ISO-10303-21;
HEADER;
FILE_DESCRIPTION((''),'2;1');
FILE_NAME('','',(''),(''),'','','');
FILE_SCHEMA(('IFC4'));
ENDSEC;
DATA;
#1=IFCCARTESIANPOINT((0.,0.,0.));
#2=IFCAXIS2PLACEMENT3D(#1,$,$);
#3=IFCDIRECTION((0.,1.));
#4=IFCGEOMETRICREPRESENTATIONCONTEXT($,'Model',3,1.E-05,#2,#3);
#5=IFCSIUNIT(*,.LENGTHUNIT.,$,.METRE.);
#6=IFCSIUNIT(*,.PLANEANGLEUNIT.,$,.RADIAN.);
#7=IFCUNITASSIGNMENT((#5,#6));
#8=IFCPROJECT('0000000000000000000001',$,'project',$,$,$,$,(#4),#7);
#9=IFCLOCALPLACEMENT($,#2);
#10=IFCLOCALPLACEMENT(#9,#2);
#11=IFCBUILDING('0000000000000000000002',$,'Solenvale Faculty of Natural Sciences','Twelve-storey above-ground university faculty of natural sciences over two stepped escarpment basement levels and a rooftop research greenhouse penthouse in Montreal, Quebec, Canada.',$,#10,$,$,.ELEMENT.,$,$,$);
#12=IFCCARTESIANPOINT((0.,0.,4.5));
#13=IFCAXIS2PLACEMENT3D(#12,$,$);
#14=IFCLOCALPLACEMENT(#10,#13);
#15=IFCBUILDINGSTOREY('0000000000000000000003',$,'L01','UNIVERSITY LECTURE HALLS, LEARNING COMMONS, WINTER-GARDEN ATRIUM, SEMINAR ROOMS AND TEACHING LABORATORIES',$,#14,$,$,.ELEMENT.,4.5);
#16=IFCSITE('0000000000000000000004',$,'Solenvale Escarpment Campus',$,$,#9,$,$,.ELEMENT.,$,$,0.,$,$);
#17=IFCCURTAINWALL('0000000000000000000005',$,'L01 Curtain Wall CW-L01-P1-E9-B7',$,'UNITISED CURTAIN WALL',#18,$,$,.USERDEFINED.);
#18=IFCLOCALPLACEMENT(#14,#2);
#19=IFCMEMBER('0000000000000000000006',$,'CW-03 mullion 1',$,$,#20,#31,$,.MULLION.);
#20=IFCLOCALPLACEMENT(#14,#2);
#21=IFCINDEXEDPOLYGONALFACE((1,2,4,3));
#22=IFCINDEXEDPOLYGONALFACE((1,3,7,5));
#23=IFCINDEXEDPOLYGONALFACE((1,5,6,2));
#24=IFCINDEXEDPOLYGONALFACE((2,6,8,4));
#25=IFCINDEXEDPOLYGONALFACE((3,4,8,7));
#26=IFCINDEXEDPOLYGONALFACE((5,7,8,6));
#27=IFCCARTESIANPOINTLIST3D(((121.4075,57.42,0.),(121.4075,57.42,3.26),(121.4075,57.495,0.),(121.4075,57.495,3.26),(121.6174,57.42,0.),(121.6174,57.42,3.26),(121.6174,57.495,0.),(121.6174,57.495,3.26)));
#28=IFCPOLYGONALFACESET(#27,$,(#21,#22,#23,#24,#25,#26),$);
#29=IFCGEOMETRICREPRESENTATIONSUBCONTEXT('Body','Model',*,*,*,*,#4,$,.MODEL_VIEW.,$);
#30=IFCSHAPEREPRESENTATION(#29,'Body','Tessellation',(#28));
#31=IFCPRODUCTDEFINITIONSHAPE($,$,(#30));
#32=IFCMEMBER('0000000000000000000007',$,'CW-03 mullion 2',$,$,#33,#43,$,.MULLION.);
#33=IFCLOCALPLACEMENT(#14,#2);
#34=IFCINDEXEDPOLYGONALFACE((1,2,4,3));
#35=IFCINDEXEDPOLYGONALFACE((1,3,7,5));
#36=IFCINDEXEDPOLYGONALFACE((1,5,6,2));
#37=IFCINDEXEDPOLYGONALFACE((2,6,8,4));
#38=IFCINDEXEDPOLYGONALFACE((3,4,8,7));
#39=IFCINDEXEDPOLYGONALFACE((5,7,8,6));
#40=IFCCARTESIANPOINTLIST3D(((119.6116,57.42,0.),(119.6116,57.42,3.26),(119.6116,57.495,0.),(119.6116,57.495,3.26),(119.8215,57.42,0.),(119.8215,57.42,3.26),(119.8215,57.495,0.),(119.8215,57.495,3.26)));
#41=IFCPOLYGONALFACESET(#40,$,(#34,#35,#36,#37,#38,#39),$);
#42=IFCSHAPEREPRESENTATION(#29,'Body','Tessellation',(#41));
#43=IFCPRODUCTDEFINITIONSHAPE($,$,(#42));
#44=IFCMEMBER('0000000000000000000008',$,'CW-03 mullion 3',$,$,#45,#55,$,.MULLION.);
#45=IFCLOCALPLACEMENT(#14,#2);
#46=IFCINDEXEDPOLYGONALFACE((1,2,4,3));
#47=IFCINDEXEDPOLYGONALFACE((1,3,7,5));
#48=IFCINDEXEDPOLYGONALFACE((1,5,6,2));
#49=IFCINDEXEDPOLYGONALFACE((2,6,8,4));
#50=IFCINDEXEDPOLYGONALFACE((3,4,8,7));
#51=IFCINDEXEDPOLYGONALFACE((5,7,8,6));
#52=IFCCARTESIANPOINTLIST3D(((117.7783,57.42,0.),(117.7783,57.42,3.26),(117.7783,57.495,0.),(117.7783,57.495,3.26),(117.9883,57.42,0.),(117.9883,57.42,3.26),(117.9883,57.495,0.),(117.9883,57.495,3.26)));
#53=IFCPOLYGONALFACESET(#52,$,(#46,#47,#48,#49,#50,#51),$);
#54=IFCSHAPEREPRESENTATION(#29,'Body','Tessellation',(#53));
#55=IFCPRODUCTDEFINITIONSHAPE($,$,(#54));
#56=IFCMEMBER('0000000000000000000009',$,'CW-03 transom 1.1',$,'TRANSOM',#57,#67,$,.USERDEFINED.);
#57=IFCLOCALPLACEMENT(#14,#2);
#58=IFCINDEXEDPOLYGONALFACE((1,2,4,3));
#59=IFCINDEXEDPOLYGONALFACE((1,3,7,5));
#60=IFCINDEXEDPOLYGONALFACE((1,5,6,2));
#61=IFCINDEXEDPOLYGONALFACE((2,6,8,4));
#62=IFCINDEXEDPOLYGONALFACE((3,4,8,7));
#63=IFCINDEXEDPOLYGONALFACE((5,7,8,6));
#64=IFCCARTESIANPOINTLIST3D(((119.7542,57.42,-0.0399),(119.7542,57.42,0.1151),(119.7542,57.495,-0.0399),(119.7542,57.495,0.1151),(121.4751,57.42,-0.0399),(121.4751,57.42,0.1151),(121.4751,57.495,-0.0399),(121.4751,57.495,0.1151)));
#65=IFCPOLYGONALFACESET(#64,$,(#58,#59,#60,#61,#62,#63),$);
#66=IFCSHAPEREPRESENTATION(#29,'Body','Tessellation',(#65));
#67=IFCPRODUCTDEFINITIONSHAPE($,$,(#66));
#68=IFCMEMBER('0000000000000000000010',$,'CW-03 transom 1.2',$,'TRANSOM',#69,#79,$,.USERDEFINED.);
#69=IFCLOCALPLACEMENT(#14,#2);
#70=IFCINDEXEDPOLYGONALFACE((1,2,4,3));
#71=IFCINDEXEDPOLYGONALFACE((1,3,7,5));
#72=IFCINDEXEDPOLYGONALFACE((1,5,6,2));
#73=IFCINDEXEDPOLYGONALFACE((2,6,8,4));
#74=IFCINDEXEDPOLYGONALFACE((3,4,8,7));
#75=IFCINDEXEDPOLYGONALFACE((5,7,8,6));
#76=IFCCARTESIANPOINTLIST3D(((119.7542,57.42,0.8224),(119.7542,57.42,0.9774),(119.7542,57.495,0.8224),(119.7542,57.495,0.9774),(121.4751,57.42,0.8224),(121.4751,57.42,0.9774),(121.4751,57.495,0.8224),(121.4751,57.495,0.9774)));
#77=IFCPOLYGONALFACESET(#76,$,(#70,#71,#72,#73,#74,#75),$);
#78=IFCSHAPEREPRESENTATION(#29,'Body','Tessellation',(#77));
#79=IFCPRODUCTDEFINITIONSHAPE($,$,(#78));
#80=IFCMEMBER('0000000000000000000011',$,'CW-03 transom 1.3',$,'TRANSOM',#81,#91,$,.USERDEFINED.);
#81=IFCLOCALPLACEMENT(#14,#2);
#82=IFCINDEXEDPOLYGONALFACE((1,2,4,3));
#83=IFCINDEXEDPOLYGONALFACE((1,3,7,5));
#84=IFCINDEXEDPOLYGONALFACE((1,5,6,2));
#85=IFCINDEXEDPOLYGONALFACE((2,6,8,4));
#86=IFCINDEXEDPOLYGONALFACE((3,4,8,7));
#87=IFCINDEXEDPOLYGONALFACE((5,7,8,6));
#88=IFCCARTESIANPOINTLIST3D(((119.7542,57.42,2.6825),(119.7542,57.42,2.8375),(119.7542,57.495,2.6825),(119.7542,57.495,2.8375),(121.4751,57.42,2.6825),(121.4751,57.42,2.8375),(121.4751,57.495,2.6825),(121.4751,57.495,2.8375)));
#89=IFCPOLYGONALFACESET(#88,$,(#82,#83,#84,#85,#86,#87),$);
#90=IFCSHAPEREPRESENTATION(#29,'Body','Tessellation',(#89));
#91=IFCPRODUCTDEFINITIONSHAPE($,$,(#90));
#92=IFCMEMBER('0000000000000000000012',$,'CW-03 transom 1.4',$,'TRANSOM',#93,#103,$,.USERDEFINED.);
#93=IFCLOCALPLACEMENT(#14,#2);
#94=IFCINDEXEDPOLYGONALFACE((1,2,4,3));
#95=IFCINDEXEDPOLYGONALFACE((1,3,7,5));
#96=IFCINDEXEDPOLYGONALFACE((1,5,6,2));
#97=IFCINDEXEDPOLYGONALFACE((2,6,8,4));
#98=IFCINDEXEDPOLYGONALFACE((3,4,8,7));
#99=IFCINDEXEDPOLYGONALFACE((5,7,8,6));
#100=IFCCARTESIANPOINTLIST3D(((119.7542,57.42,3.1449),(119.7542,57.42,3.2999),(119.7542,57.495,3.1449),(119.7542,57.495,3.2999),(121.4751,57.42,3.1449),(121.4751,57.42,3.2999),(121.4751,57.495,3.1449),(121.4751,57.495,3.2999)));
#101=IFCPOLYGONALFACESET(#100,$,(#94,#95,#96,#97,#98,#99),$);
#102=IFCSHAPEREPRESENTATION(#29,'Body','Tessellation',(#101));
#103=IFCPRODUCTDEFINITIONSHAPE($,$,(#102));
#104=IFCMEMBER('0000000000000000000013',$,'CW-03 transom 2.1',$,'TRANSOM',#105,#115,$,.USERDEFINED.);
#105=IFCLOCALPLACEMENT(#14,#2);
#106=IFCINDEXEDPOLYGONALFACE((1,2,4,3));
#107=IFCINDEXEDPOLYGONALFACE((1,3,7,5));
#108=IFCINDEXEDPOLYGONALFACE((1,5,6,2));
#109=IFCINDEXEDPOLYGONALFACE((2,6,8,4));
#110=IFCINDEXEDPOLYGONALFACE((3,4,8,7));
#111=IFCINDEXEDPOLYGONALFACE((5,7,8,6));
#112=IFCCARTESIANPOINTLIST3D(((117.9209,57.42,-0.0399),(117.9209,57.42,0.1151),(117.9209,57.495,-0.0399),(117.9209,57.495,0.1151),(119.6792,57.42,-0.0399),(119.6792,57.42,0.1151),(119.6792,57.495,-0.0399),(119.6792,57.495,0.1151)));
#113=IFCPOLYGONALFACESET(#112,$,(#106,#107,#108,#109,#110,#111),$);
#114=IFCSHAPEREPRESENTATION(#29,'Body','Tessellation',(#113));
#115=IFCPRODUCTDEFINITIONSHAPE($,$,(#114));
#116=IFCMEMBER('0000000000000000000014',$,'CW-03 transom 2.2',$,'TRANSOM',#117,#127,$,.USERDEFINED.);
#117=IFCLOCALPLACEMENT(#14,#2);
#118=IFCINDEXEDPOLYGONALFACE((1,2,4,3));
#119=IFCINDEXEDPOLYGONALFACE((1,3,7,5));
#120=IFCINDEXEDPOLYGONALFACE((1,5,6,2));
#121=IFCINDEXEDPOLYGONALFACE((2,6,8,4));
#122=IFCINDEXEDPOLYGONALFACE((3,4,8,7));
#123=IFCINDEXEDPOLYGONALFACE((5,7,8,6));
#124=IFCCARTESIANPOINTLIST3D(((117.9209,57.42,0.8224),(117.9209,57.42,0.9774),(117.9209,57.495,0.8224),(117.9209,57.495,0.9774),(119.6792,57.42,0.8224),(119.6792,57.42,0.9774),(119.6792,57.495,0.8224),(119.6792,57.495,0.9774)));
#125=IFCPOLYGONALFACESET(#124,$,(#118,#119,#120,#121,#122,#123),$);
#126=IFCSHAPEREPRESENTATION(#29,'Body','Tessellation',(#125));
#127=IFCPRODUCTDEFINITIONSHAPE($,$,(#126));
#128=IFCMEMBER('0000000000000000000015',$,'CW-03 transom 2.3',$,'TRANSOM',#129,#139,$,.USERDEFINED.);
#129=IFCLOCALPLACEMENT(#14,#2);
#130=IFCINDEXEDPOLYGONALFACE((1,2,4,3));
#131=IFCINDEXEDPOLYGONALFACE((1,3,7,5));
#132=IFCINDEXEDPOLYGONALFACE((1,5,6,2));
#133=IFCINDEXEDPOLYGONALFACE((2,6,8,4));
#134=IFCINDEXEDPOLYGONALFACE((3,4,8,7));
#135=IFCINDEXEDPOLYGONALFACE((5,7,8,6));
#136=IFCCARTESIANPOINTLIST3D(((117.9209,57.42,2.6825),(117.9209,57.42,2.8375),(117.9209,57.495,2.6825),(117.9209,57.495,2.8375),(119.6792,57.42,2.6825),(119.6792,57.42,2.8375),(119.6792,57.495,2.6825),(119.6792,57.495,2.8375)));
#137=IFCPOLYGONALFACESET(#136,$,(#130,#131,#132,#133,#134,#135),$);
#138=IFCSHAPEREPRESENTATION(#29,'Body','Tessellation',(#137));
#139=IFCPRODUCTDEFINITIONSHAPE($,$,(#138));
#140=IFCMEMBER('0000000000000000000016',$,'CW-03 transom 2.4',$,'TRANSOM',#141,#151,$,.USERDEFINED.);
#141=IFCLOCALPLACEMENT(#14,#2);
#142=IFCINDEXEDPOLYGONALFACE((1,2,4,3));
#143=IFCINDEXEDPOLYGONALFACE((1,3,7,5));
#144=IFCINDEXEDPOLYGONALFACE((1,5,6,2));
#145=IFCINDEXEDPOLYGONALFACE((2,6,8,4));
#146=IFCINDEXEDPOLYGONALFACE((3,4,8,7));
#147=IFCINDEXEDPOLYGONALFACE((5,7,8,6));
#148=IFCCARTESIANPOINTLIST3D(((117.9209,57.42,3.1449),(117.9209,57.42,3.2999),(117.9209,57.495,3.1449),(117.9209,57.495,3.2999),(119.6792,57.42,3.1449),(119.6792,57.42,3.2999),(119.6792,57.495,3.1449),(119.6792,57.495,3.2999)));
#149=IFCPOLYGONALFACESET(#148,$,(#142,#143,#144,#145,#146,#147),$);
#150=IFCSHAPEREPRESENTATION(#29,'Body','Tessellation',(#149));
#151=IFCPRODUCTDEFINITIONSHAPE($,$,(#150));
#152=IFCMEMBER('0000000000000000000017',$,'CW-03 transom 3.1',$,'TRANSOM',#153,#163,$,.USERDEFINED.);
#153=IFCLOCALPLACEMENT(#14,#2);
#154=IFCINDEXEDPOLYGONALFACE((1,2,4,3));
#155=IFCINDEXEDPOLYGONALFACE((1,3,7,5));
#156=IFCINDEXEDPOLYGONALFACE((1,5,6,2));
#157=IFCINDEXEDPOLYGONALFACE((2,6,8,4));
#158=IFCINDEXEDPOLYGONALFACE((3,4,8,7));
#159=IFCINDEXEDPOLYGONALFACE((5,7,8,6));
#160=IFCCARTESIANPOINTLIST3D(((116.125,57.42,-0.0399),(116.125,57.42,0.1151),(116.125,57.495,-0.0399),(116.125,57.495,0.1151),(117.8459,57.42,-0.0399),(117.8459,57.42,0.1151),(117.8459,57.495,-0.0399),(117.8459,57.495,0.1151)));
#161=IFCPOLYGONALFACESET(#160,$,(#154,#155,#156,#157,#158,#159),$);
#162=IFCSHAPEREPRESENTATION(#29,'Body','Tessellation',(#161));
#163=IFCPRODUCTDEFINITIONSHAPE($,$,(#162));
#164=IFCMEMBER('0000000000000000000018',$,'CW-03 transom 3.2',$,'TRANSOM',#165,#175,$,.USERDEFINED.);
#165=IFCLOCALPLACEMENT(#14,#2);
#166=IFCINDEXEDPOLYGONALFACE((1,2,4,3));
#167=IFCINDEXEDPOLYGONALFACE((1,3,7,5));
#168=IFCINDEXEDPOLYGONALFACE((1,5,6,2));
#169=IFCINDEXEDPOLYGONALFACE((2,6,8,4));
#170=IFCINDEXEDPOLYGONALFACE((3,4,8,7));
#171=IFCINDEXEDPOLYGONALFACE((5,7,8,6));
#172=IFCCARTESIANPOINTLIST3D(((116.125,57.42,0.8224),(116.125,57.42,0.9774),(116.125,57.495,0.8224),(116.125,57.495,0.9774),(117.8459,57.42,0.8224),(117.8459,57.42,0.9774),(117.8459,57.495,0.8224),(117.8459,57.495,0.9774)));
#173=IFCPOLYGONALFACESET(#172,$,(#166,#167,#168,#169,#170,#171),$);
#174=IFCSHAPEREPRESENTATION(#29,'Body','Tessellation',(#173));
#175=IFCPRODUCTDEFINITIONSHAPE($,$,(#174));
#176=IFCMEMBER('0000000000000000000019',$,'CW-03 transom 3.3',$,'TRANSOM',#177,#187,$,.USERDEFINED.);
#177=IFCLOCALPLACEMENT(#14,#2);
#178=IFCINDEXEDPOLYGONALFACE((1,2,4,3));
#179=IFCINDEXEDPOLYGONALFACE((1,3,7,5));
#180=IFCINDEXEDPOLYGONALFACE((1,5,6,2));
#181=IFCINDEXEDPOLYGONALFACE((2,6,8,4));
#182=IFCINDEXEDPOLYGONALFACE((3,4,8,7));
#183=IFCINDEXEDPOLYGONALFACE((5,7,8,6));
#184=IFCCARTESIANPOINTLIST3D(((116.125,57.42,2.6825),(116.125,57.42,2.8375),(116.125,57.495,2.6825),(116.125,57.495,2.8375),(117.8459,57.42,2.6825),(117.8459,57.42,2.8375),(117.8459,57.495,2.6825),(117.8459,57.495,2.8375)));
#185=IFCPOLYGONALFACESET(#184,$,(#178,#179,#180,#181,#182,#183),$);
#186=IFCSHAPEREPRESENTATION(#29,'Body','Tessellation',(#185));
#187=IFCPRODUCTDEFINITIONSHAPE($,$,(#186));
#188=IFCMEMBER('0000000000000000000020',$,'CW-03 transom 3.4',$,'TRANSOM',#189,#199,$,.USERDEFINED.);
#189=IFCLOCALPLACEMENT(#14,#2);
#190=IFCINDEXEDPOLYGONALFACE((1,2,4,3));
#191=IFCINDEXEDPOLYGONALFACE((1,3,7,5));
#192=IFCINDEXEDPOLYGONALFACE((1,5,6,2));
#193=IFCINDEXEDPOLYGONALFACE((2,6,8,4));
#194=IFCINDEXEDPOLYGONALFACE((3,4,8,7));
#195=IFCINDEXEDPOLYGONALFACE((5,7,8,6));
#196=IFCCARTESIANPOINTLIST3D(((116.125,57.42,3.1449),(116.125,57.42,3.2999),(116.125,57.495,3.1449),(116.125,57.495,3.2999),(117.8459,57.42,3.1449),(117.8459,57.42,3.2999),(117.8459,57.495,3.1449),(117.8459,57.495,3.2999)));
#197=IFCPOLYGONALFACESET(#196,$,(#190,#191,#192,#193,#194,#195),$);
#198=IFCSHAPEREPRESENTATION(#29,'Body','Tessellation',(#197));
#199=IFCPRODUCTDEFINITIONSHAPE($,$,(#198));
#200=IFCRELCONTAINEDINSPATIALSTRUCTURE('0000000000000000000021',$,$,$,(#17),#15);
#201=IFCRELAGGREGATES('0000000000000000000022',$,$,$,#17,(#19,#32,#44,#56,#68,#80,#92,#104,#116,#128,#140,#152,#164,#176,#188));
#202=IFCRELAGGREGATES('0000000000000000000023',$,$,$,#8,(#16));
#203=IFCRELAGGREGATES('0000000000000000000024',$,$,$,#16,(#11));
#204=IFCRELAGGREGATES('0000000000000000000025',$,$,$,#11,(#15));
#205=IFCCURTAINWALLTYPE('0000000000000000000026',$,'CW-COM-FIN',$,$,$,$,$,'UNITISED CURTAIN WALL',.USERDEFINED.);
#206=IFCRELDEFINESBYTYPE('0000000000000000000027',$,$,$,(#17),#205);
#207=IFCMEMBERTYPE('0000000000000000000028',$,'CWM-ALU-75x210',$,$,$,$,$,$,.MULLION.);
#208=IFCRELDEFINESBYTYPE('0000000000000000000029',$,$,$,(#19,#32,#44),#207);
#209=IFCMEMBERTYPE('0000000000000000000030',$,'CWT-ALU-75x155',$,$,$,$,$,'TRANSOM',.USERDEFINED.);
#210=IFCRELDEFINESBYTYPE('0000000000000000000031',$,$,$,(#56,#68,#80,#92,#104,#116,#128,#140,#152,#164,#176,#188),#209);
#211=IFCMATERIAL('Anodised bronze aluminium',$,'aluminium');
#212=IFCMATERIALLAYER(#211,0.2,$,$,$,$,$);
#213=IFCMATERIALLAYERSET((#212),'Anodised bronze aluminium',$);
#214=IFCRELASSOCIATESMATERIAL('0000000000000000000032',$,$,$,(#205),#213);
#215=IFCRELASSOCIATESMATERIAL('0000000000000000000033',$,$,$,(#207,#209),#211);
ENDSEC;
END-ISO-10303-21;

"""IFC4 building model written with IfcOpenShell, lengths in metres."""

from ifc_helpers import new_model, si_unit, direction, frame, origin, origin_2d, place, context, subcontext, project, spatial, rectangle, extrude, material, layer, layer_set, material_profile, profile_set, type_object, element, aggregate, save


model = new_model("IFC4")

# Units and contexts
model_context = context("Model", 3, precision=1e-05, world=origin(), true_north=direction((0.0, 1.0)))
body_context = subcontext(model_context, "Body", "Model", "MODEL_VIEW")
ifc_project = project(units=[si_unit("LENGTHUNIT", "METRE"), si_unit("PLANEANGLEUNIT", "RADIAN")], contexts=[model_context])

# Site, building, storey
site_placement = place(None, origin())
site = spatial("IfcSite", under=ifc_project, at=site_placement, Name="Solenvale Escarpment Campus", CompositionType="ELEMENT", RefElevation=0.0)
building_placement = place(site_placement, origin())
building = spatial("IfcBuilding", under=site, at=building_placement, Name="Solenvale Faculty of Natural Sciences", Description="Twelve-storey above-ground university faculty of natural sciences over two stepped escarpment basement levels and a rooftop research greenhouse penthouse in Montreal, Quebec, Canada.", CompositionType="ELEMENT")
storey_placement = place(building_placement, frame((0.0, 0.0, 4.5)))
storey = spatial("IfcBuildingStorey", under=building, at=storey_placement, Name="L01", Description="UNIVERSITY LECTURE HALLS, LEARNING COMMONS, WINTER-GARDEN ATRIUM, SEMINAR ROOMS AND TEACHING LABORATORIES", CompositionType="ELEMENT", Elevation=4.5)

# Curtain wall, members
ifc_material_1 = material(Name="Anodised bronze aluminium", Category="aluminium")
ifc_layer_1 = layer(ifc_material_1, 0.2)
ifc_layer_set_1 = layer_set([ifc_layer_1], Name="Anodised bronze aluminium")
curtain_wall_type = type_object("IfcCurtainWallType", Name="CW-COM-FIN", ElementType="UNITISED CURTAIN WALL", PredefinedType="USERDEFINED", material=ifc_layer_set_1)
curtain_wall_placement = place(storey_placement, origin())
curtain_wall = element("IfcCurtainWall", 1, at=curtain_wall_placement, inside=storey, type_object=curtain_wall_type, Name="L01 Curtain Wall CW-L01-P1-E9-B7", ObjectType="UNITISED CURTAIN WALL", PredefinedType="USERDEFINED")
ifc_material_profile_1 = material_profile(ifc_material_1, rectangle(XDim=0.075, YDim=0.21, at=origin_2d()), Name="ALU-MUL-75x210")
ifc_profile_set_1 = profile_set([ifc_material_profile_1], Name="Anodised bronze aluminium")
member_type_1 = type_object("IfcMemberType", Name="CWM-ALU-75x210", PredefinedType="MULLION", material=ifc_profile_set_1)
member_1_placement = place(storey_placement, frame((121.5125, 57.4575, 0.0), z_axis=(0.0, 0.0, 1.0), x_axis=(0.0, -1.0, 0.0)))
member_1 = element("IfcMember", 2, at=member_1_placement, type_object=member_type_1, Name="CW-03 mullion 1", PredefinedType="MULLION", context=body_context, shape_type="SweptSolid", body=[
    extrude(rectangle(XDim=0.075, YDim=0.21, at=origin_2d()), origin(), (0.0, 0.0, 1.0), 3.26),
])
member_2_placement = place(storey_placement, frame((119.7166, 57.4575, 0.0), z_axis=(0.0, 0.0, 1.0), x_axis=(0.0, -1.0, 0.0)))
member_2 = element("IfcMember", 3, at=member_2_placement, type_object=member_type_1, Name="CW-03 mullion 2", PredefinedType="MULLION", context=body_context, shape_type="SweptSolid", body=[
    extrude(rectangle(XDim=0.075, YDim=0.21, at=origin_2d()), origin(), (0.0, 0.0, 1.0), 3.26),
])
member_3_placement = place(storey_placement, frame((117.8833, 57.4575, 0.0), z_axis=(0.0, 0.0, 1.0), x_axis=(0.0, -1.0, 0.0)))
member_3 = element("IfcMember", 4, at=member_3_placement, type_object=member_type_1, Name="CW-03 mullion 3", PredefinedType="MULLION", context=body_context, shape_type="SweptSolid", body=[
    extrude(rectangle(XDim=0.075, YDim=0.21, at=origin_2d()), origin(), (0.0, 0.0, 1.0), 3.26),
])
ifc_material_profile_2 = material_profile(ifc_material_1, rectangle(XDim=0.075, YDim=0.155, at=origin_2d()), Name="ALU-TRN-75x155")
ifc_profile_set_2 = profile_set([ifc_material_profile_2], Name="Anodised bronze aluminium")
member_type_2 = type_object("IfcMemberType", Name="CWT-ALU-75x155", ElementType="TRANSOM", PredefinedType="USERDEFINED", material=ifc_profile_set_2)
member_4_placement = place(storey_placement, frame((121.4751, 57.4575, 0.0376), z_axis=(-1.0, 0.0, 0.0), x_axis=(0.0, -1.0, 0.0)))
member_4 = element("IfcMember", 5, at=member_4_placement, type_object=member_type_2, Name="CW-03 transom 1.1", ObjectType="TRANSOM", PredefinedType="USERDEFINED", context=body_context, shape_type="SweptSolid", body=[
    extrude(rectangle(XDim=0.075, YDim=0.155, at=origin_2d()), origin(), (0.0, 0.0, 1.0), 1.7209),
])
member_5_placement = place(storey_placement, frame((121.4751, 57.4575, 0.8999), z_axis=(-1.0, 0.0, 0.0), x_axis=(0.0, -1.0, 0.0)))
member_5 = element("IfcMember", 6, at=member_5_placement, type_object=member_type_2, Name="CW-03 transom 1.2", ObjectType="TRANSOM", PredefinedType="USERDEFINED", context=body_context, shape_type="SweptSolid", body=[
    extrude(rectangle(XDim=0.075, YDim=0.155, at=origin_2d()), origin(), (0.0, 0.0, 1.0), 1.7209),
])
member_6_placement = place(storey_placement, frame((121.4751, 57.4575, 2.76), z_axis=(-1.0, 0.0, 0.0), x_axis=(0.0, -1.0, 0.0)))
member_6 = element("IfcMember", 7, at=member_6_placement, type_object=member_type_2, Name="CW-03 transom 1.3", ObjectType="TRANSOM", PredefinedType="USERDEFINED", context=body_context, shape_type="SweptSolid", body=[
    extrude(rectangle(XDim=0.075, YDim=0.155, at=origin_2d()), origin(), (0.0, 0.0, 1.0), 1.7209),
])
member_7_placement = place(storey_placement, frame((121.4751, 57.4575, 3.2224), z_axis=(-1.0, 0.0, 0.0), x_axis=(0.0, -1.0, 0.0)))
member_7 = element("IfcMember", 8, at=member_7_placement, type_object=member_type_2, Name="CW-03 transom 1.4", ObjectType="TRANSOM", PredefinedType="USERDEFINED", context=body_context, shape_type="SweptSolid", body=[
    extrude(rectangle(XDim=0.075, YDim=0.155, at=origin_2d()), origin(), (0.0, 0.0, 1.0), 1.7209),
])
member_8_placement = place(storey_placement, frame((119.6792, 57.4575, 0.0376), z_axis=(-1.0, 0.0, 0.0), x_axis=(0.0, -1.0, 0.0)))
member_8 = element("IfcMember", 9, at=member_8_placement, type_object=member_type_2, Name="CW-03 transom 2.1", ObjectType="TRANSOM", PredefinedType="USERDEFINED", context=body_context, shape_type="SweptSolid", body=[
    extrude(rectangle(XDim=0.075, YDim=0.155, at=origin_2d()), origin(), (0.0, 0.0, 1.0), 1.7583),
])
member_9_placement = place(storey_placement, frame((119.6792, 57.4575, 0.8999), z_axis=(-1.0, 0.0, 0.0), x_axis=(0.0, -1.0, 0.0)))
member_9 = element("IfcMember", 10, at=member_9_placement, type_object=member_type_2, Name="CW-03 transom 2.2", ObjectType="TRANSOM", PredefinedType="USERDEFINED", context=body_context, shape_type="SweptSolid", body=[
    extrude(rectangle(XDim=0.075, YDim=0.155, at=origin_2d()), origin(), (0.0, 0.0, 1.0), 1.7583),
])
member_10_placement = place(storey_placement, frame((119.6792, 57.4575, 2.76), z_axis=(-1.0, 0.0, 0.0), x_axis=(0.0, -1.0, 0.0)))
member_10 = element("IfcMember", 11, at=member_10_placement, type_object=member_type_2, Name="CW-03 transom 2.3", ObjectType="TRANSOM", PredefinedType="USERDEFINED", context=body_context, shape_type="SweptSolid", body=[
    extrude(rectangle(XDim=0.075, YDim=0.155, at=origin_2d()), origin(), (0.0, 0.0, 1.0), 1.7583),
])
member_11_placement = place(storey_placement, frame((119.6792, 57.4575, 3.2224), z_axis=(-1.0, 0.0, 0.0), x_axis=(0.0, -1.0, 0.0)))
member_11 = element("IfcMember", 12, at=member_11_placement, type_object=member_type_2, Name="CW-03 transom 2.4", ObjectType="TRANSOM", PredefinedType="USERDEFINED", context=body_context, shape_type="SweptSolid", body=[
    extrude(rectangle(XDim=0.075, YDim=0.155, at=origin_2d()), origin(), (0.0, 0.0, 1.0), 1.7583),
])
member_12_placement = place(storey_placement, frame((117.8459, 57.4575, 0.0376), z_axis=(-1.0, 0.0, 0.0), x_axis=(0.0, -1.0, 0.0)))
member_12 = element("IfcMember", 13, at=member_12_placement, type_object=member_type_2, Name="CW-03 transom 3.1", ObjectType="TRANSOM", PredefinedType="USERDEFINED", context=body_context, shape_type="SweptSolid", body=[
    extrude(rectangle(XDim=0.075, YDim=0.155, at=origin_2d()), origin(), (0.0, 0.0, 1.0), 1.7209),
])
member_13_placement = place(storey_placement, frame((117.8459, 57.4575, 0.8999), z_axis=(-1.0, 0.0, 0.0), x_axis=(0.0, -1.0, 0.0)))
member_13 = element("IfcMember", 14, at=member_13_placement, type_object=member_type_2, Name="CW-03 transom 3.2", ObjectType="TRANSOM", PredefinedType="USERDEFINED", context=body_context, shape_type="SweptSolid", body=[
    extrude(rectangle(XDim=0.075, YDim=0.155, at=origin_2d()), origin(), (0.0, 0.0, 1.0), 1.7209),
])
member_14_placement = place(storey_placement, frame((117.8459, 57.4575, 2.76), z_axis=(-1.0, 0.0, 0.0), x_axis=(0.0, -1.0, 0.0)))
member_14 = element("IfcMember", 15, at=member_14_placement, type_object=member_type_2, Name="CW-03 transom 3.3", ObjectType="TRANSOM", PredefinedType="USERDEFINED", context=body_context, shape_type="SweptSolid", body=[
    extrude(rectangle(XDim=0.075, YDim=0.155, at=origin_2d()), origin(), (0.0, 0.0, 1.0), 1.7209),
])
member_15_placement = place(storey_placement, frame((117.8459, 57.4575, 3.2224), z_axis=(-1.0, 0.0, 0.0), x_axis=(0.0, -1.0, 0.0)))
member_15 = element("IfcMember", 16, at=member_15_placement, type_object=member_type_2, Name="CW-03 transom 3.4", ObjectType="TRANSOM", PredefinedType="USERDEFINED", context=body_context, shape_type="SweptSolid", body=[
    extrude(rectangle(XDim=0.075, YDim=0.155, at=origin_2d()), origin(), (0.0, 0.0, 1.0), 1.7209),
])
aggregate(curtain_wall, [member_1, member_2, member_3, member_4, member_5, member_6, member_7, member_8, member_9, member_10, member_11, member_12, member_13, member_14, member_15])

save(model, "model.ifc")
